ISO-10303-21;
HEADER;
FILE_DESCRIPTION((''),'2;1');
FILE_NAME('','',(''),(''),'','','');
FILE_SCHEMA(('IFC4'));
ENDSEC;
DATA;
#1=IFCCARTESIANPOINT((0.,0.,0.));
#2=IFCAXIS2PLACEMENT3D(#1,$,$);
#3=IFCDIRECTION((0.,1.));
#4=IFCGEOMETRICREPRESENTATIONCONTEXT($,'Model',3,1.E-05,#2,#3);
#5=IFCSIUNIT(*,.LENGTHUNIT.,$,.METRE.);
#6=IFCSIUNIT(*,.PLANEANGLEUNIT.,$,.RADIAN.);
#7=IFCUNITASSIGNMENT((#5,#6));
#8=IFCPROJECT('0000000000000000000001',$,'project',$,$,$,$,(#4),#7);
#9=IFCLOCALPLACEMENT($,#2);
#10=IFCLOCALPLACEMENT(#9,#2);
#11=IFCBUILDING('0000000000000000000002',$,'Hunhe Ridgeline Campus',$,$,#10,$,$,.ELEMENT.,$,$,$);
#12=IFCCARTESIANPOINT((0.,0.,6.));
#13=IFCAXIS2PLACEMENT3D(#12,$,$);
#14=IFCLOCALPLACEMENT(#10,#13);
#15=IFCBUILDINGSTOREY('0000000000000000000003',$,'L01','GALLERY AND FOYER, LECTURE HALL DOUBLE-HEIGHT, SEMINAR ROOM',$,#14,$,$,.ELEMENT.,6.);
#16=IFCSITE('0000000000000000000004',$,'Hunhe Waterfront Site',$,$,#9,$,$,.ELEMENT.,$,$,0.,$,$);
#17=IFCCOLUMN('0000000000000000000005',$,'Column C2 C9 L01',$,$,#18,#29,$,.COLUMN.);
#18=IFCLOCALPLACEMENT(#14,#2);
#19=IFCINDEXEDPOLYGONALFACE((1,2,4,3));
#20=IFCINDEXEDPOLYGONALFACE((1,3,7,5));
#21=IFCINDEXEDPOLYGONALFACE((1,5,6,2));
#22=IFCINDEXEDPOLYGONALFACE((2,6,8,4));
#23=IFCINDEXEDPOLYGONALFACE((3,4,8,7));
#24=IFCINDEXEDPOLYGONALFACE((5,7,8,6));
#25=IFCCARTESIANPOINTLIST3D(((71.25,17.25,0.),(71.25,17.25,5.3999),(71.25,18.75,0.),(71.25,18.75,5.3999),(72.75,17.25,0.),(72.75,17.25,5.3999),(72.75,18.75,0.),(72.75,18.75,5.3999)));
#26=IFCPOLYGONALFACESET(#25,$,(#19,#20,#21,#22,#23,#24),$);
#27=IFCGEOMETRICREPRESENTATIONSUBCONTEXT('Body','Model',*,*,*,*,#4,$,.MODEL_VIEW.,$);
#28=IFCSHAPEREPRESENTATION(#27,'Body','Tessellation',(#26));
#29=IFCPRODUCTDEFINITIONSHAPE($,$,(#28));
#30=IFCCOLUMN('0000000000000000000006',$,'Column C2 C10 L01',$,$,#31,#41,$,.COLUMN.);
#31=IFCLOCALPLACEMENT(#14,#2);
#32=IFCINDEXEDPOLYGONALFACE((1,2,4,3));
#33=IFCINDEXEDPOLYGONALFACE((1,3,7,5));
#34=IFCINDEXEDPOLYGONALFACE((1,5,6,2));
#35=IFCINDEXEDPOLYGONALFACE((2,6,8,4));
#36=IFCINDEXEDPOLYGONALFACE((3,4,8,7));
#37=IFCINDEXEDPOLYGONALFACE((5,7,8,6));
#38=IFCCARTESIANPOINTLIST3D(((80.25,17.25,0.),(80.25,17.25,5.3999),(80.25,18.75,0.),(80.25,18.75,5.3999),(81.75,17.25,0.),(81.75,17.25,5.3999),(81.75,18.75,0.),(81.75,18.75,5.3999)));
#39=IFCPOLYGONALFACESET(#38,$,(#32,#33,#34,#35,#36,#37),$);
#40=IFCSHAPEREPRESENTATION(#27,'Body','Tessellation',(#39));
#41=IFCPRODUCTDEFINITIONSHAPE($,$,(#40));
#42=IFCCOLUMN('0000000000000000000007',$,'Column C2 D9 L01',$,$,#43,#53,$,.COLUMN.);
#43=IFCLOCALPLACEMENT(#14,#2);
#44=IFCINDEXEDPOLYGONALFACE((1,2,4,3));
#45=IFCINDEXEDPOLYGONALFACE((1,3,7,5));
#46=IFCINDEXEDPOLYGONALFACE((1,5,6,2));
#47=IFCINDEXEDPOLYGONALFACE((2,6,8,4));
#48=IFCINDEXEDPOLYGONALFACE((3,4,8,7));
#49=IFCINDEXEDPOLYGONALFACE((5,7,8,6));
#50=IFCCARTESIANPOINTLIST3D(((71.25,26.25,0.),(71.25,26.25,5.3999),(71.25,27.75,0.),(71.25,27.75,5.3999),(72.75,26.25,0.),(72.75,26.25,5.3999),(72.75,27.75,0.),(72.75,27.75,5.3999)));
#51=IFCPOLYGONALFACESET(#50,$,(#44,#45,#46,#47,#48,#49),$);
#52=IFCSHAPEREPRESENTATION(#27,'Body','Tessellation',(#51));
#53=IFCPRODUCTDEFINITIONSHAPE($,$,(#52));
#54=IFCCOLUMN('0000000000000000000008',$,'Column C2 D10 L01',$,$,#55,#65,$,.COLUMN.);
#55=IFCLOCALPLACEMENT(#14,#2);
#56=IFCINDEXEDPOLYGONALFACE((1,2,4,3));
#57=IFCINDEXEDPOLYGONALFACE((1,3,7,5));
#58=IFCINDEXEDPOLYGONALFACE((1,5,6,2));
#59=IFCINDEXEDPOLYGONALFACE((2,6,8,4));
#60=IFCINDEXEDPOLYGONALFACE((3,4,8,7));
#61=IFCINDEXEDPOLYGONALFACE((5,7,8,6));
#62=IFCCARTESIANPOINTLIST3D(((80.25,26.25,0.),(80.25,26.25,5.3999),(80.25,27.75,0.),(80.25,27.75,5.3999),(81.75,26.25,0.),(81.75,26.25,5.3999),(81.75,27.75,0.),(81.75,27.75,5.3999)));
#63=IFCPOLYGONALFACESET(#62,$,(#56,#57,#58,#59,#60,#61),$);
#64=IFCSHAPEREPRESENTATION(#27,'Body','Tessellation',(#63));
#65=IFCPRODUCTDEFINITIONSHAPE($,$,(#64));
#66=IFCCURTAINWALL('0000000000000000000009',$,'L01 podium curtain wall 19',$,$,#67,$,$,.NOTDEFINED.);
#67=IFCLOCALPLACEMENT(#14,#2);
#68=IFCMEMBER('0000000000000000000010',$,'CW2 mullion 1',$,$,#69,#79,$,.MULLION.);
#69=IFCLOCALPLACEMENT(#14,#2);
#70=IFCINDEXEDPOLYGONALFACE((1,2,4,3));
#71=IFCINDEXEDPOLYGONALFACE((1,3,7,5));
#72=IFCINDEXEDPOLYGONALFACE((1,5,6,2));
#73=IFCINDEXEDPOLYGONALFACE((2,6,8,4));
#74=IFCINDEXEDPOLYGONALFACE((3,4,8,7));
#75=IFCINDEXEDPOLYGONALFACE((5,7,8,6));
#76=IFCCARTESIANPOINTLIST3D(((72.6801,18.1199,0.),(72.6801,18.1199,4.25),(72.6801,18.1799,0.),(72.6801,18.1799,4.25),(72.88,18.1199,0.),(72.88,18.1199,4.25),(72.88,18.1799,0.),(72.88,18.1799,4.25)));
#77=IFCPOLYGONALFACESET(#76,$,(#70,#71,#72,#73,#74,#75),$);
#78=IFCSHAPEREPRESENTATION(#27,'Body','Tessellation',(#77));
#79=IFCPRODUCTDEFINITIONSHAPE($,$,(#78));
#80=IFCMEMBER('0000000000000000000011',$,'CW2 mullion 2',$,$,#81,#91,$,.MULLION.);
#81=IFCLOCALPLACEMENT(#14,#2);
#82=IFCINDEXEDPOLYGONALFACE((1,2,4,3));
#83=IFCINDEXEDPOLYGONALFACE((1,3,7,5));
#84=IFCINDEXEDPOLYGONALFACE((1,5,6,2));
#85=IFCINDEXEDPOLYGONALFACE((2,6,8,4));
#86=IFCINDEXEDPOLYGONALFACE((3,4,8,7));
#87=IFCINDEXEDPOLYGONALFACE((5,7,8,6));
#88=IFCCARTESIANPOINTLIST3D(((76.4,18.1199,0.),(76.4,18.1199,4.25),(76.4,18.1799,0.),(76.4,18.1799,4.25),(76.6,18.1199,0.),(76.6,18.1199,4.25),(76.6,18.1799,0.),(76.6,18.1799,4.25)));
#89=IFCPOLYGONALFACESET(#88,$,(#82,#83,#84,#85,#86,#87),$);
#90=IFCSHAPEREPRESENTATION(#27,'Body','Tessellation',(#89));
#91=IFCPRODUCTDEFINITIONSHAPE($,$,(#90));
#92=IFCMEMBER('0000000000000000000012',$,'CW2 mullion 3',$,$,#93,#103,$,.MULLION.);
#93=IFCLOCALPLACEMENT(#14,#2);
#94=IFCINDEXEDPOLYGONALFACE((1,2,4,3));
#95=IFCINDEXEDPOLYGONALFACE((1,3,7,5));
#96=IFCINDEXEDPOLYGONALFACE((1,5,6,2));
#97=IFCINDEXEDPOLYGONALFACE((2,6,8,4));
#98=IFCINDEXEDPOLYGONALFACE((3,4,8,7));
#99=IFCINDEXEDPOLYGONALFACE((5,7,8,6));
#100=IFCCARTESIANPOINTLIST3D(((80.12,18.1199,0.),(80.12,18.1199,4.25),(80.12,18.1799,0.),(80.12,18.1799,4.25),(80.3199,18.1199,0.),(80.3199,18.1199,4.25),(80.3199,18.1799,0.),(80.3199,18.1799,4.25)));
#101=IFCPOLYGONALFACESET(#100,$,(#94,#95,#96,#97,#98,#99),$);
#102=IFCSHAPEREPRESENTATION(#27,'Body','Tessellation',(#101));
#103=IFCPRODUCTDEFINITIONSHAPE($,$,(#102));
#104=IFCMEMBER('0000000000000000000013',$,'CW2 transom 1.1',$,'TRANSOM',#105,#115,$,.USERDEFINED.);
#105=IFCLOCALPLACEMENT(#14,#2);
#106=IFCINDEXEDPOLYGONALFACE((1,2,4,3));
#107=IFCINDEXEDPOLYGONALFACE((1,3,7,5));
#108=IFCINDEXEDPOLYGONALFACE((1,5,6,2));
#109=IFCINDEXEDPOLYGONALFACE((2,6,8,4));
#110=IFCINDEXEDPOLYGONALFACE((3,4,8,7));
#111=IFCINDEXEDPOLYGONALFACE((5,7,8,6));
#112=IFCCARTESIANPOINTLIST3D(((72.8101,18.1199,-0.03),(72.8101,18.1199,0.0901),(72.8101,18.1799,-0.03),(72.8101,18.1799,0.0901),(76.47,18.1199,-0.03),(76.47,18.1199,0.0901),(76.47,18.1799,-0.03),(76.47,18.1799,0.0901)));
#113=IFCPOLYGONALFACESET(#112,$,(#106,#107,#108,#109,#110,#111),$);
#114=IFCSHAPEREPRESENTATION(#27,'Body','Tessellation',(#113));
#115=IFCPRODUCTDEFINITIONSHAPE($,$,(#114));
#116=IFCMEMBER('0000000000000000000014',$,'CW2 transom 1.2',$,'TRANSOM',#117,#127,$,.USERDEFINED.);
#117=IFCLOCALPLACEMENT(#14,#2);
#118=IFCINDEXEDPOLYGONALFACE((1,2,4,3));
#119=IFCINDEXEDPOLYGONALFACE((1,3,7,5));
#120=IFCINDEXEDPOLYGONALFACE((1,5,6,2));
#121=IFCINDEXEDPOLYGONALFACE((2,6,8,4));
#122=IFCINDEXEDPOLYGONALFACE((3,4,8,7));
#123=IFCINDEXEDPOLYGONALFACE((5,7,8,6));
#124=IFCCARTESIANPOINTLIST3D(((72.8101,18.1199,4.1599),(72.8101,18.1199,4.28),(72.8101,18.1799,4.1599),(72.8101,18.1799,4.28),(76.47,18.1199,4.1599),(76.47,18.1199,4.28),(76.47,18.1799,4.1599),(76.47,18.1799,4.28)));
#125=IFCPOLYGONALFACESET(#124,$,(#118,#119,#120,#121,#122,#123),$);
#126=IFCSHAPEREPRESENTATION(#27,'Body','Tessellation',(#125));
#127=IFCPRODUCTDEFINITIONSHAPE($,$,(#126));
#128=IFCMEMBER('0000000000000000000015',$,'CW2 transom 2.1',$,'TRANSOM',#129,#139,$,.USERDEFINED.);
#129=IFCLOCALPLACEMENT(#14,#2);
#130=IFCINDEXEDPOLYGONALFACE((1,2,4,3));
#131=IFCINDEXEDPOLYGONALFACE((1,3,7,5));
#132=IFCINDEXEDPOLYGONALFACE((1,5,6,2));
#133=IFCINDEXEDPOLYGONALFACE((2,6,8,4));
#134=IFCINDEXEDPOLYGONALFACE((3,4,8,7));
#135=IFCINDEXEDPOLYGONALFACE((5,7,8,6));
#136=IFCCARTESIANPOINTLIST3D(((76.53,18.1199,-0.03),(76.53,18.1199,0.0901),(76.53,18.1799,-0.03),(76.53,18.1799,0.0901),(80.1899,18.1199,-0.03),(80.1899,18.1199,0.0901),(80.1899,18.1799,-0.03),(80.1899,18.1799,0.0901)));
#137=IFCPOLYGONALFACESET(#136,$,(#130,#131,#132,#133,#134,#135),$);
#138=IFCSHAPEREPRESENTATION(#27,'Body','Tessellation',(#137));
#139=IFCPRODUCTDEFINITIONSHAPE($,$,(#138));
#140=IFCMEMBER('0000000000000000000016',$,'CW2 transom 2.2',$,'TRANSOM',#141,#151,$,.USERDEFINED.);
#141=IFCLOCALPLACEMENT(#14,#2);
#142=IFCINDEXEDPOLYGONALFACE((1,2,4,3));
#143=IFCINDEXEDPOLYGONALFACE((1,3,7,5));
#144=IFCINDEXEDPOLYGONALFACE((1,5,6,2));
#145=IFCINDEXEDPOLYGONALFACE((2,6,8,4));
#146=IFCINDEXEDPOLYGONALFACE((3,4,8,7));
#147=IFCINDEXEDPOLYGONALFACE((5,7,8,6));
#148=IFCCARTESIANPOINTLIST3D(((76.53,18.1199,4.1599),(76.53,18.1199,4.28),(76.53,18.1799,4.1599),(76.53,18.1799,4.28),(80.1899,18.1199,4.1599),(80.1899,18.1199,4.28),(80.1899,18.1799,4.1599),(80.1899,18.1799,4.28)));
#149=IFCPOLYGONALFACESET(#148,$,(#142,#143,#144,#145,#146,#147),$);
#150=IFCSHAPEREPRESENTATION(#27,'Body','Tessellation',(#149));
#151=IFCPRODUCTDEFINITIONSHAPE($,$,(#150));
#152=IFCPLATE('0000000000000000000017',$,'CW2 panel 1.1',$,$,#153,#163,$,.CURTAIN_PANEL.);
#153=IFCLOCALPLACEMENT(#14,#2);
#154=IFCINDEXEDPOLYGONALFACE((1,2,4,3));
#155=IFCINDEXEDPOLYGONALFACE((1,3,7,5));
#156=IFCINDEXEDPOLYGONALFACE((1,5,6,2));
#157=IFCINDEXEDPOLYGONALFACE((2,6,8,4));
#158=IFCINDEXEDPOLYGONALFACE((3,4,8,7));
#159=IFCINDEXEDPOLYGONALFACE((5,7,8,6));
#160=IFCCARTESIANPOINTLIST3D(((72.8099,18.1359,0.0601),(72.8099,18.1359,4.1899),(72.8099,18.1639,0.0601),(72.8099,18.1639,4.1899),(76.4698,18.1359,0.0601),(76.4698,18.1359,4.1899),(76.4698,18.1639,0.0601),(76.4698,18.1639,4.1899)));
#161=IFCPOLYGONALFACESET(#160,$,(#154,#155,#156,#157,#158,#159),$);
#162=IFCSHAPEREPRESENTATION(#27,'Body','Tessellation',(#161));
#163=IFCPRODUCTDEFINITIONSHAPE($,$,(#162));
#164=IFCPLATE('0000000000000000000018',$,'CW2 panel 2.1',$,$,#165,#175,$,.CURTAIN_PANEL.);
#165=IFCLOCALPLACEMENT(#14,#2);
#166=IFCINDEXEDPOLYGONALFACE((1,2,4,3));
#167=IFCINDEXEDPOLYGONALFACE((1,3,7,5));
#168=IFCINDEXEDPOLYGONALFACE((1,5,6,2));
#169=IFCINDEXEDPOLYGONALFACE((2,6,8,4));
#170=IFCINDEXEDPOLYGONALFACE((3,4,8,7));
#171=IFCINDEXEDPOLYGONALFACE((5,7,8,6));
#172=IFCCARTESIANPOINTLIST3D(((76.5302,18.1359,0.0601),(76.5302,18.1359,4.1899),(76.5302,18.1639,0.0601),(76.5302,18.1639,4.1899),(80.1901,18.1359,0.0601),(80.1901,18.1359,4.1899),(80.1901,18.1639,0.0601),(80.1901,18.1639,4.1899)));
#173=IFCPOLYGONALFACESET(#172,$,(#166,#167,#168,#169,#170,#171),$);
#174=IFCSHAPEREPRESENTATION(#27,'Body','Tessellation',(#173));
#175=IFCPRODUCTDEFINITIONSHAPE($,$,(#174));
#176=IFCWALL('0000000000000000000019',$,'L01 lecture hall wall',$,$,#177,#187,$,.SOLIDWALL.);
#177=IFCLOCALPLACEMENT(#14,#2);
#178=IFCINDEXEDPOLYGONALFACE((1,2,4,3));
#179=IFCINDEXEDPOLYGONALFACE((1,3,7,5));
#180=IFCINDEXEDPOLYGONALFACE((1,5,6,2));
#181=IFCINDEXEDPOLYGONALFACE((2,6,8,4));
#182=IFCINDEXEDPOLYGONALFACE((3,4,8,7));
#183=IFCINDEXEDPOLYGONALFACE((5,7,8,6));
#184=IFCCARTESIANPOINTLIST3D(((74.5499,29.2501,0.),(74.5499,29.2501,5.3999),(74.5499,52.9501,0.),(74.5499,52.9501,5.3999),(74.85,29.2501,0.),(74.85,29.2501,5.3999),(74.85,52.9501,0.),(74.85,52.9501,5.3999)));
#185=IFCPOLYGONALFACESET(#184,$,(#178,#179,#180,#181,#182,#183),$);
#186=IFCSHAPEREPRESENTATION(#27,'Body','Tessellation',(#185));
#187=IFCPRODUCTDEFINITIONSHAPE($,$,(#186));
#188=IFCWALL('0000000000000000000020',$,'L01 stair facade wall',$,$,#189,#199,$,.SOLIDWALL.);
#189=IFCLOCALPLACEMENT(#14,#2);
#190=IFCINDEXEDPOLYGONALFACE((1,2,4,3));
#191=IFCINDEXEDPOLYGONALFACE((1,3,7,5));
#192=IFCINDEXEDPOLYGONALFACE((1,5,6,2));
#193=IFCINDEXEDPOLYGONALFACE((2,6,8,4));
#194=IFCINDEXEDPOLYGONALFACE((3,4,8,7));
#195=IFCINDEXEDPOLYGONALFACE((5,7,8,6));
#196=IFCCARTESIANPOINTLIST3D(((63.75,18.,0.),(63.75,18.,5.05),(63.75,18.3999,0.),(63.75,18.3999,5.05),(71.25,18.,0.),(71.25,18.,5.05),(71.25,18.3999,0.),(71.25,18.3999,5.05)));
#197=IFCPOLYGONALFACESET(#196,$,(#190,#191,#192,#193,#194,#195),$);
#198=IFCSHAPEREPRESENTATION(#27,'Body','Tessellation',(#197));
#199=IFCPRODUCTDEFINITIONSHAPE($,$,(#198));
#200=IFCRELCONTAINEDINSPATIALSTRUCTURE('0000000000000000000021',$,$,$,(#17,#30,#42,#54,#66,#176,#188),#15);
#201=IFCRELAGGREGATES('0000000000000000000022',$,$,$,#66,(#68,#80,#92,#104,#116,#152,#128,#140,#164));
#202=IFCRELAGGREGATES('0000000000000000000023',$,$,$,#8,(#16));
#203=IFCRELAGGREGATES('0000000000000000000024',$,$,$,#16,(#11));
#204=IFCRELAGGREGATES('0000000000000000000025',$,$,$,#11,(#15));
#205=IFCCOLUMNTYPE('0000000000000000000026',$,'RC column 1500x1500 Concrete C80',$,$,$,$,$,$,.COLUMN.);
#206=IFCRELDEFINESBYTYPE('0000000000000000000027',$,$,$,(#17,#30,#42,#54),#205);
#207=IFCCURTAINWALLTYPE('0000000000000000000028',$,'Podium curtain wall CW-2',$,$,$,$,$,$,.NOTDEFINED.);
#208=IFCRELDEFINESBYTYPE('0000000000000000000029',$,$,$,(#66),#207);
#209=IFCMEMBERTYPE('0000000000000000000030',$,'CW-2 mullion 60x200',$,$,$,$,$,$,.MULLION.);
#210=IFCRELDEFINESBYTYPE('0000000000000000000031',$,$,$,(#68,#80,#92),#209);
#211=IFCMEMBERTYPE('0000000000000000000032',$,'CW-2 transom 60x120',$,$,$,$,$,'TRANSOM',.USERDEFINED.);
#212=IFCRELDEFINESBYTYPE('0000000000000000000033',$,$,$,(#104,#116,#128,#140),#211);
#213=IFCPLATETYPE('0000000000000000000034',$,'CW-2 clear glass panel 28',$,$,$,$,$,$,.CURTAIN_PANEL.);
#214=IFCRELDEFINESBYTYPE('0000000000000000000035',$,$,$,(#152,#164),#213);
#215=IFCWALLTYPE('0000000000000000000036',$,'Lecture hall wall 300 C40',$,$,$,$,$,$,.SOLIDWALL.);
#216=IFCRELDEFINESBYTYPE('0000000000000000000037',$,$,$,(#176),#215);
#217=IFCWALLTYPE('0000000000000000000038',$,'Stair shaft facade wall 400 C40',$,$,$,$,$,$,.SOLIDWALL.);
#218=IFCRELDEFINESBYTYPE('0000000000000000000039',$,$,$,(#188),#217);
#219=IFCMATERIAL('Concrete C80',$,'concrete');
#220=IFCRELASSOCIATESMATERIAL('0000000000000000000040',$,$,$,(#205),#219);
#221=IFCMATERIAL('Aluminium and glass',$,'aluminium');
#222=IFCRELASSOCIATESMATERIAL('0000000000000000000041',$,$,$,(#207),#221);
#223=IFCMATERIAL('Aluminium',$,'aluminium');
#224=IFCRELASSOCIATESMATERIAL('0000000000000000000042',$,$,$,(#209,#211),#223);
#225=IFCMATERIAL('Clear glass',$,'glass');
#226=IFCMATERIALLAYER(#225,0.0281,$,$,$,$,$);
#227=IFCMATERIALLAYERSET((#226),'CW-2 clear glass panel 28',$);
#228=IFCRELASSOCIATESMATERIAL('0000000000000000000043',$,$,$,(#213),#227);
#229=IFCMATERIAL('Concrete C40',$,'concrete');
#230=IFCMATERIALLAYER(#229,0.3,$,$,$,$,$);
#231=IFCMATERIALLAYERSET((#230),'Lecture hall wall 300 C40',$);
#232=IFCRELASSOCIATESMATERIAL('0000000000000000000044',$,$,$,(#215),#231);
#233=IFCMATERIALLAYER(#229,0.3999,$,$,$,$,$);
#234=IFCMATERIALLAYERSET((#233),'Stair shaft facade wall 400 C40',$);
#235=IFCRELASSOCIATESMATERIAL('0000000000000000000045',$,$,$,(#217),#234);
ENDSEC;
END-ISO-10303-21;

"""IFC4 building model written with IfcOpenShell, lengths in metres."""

from ifc_helpers import new_model, si_unit, direction, frame, frame_2d, origin, origin_2d, place, context, subcontext, project, spatial, rectangle, extrude, material, layer, layer_set, material_profile, profile_set, type_object, element, aggregate, save


model = new_model("IFC4")

# Units and contexts
model_context = context("Model", 3, precision=1e-05, world=origin(), true_north=direction((0.0, 1.0)))
body_context = subcontext(model_context, "Body", "Model", "MODEL_VIEW")
ifc_project = project(units=[si_unit("LENGTHUNIT", "METRE"), si_unit("PLANEANGLEUNIT", "RADIAN")], contexts=[model_context])

# Site, building, storey
site_placement = place(None, origin())
site = spatial("IfcSite", under=ifc_project, at=site_placement, Name="Hunhe Waterfront Site", CompositionType="ELEMENT", RefElevation=0.0)
building_placement = place(site_placement, origin())
building = spatial("IfcBuilding", under=site, at=building_placement, Name="Hunhe Ridgeline Campus", CompositionType="ELEMENT")
storey_placement = place(building_placement, frame((0.0, 0.0, 6.0)))
storey = spatial("IfcBuildingStorey", under=building, at=storey_placement, Name="L01", Description="GALLERY AND FOYER, LECTURE HALL DOUBLE-HEIGHT, SEMINAR ROOM", CompositionType="ELEMENT", Elevation=6.0)

# Columns
ifc_material_1 = material(Name="Concrete C80", Category="concrete")
ifc_material_profile_1 = material_profile(ifc_material_1, rectangle(XDim=1.5, YDim=1.5, at=origin_2d()))
ifc_profile_set_1 = profile_set([ifc_material_profile_1], Name="Concrete C80")
column_type = type_object("IfcColumnType", Name="RC column 1500x1500 Concrete C80", PredefinedType="COLUMN", material=ifc_profile_set_1)
for number, where, z_axis, x_axis, name in (
    (1, (72.0, 18.0, 0.0), (0.0, 0.0, 1.0), (1.0, 0.0, 0.0), "Column C2 C9 L01"),
    (2, (81.0, 18.0, 0.0), (0.0, 0.0, 1.0), (1.0, 0.0, 0.0), "Column C2 C10 L01"),
    (3, (72.0, 27.0, 0.0), (0.0, 0.0, 1.0), (1.0, 0.0, 0.0), "Column C2 D9 L01"),
    (4, (81.0, 27.0, 0.0), (0.0, 0.0, 1.0), (1.0, 0.0, 0.0), "Column C2 D10 L01"),
):
    element("IfcColumn", number, at=place(storey_placement, frame(where, z_axis=z_axis, x_axis=x_axis)), inside=storey, type_object=column_type, Name=name, PredefinedType="COLUMN", context=body_context, shape_type="SweptSolid", body=[
        extrude(rectangle(XDim=1.5, YDim=1.5, at=origin_2d()), origin(), (0.0, 0.0, 1.0), 5.3999),
    ])

# Curtain wall, members, plates
ifc_material_2 = material(Name="Aluminium and glass", Category="aluminium")
curtain_wall_type = type_object("IfcCurtainWallType", Name="Podium curtain wall CW-2", PredefinedType="NOTDEFINED", material=ifc_material_2)
curtain_wall_placement = place(storey_placement, origin())
curtain_wall = element("IfcCurtainWall", 5, at=curtain_wall_placement, inside=storey, type_object=curtain_wall_type, Name="L01 podium curtain wall 19", PredefinedType="NOTDEFINED")
ifc_material_3 = material(Name="Aluminium", Category="aluminium")
ifc_material_profile_2 = material_profile(ifc_material_3, rectangle(XDim=0.0601, YDim=0.2, at=origin_2d()))
ifc_profile_set_2 = profile_set([ifc_material_profile_2], Name="Aluminium")
member_type_1 = type_object("IfcMemberType", Name="CW-2 mullion 60x200", PredefinedType="MULLION", material=ifc_profile_set_2)
member_1_placement = place(storey_placement, frame((72.78, 18.1499, 0.0), z_axis=(0.0, 0.0, 1.0), x_axis=(0.0, 1.0, 0.0)))
member_1 = element("IfcMember", 6, at=member_1_placement, type_object=member_type_1, Name="CW2 mullion 1", PredefinedType="MULLION", context=body_context, shape_type="SweptSolid", body=[
    extrude(rectangle(XDim=0.0601, YDim=0.2, at=origin_2d()), origin(), (0.0, 0.0, 1.0), 4.25),
])
member_2_placement = place(storey_placement, frame((76.5, 18.1499, 0.0), z_axis=(0.0, 0.0, 1.0), x_axis=(0.0, 1.0, 0.0)))
member_2 = element("IfcMember", 7, at=member_2_placement, type_object=member_type_1, Name="CW2 mullion 2", PredefinedType="MULLION", context=body_context, shape_type="SweptSolid", body=[
    extrude(rectangle(XDim=0.0601, YDim=0.2, at=origin_2d()), origin(), (0.0, 0.0, 1.0), 4.25),
])
member_3_placement = place(storey_placement, frame((80.22, 18.1499, 0.0), z_axis=(0.0, 0.0, 1.0), x_axis=(0.0, 1.0, 0.0)))
member_3 = element("IfcMember", 8, at=member_3_placement, type_object=member_type_1, Name="CW2 mullion 3", PredefinedType="MULLION", context=body_context, shape_type="SweptSolid", body=[
    extrude(rectangle(XDim=0.0601, YDim=0.2, at=origin_2d()), origin(), (0.0, 0.0, 1.0), 4.25),
])
ifc_material_profile_3 = material_profile(ifc_material_3, rectangle(XDim=0.0601, YDim=0.1201, at=origin_2d()))
ifc_profile_set_3 = profile_set([ifc_material_profile_3], Name="Aluminium")
member_type_2 = type_object("IfcMemberType", Name="CW-2 transom 60x120", ElementType="TRANSOM", PredefinedType="USERDEFINED", material=ifc_profile_set_3)
member_4_placement = place(storey_placement, frame((72.8101, 18.1499, 0.03), z_axis=(1.0, 0.0, 0.0), x_axis=(0.0, 1.0, 0.0)))
member_4 = element("IfcMember", 9, at=member_4_placement, type_object=member_type_2, Name="CW2 transom 1.1", ObjectType="TRANSOM", PredefinedType="USERDEFINED", context=body_context, shape_type="SweptSolid", body=[
    extrude(rectangle(XDim=0.0601, YDim=0.1201, at=origin_2d()), origin(), (0.0, 0.0, 1.0), 3.6599),
])
member_5_placement = place(storey_placement, frame((72.8101, 18.1499, 4.22), z_axis=(1.0, 0.0, 0.0), x_axis=(0.0, 1.0, 0.0)))
member_5 = element("IfcMember", 10, at=member_5_placement, type_object=member_type_2, Name="CW2 transom 1.2", ObjectType="TRANSOM", PredefinedType="USERDEFINED", context=body_context, shape_type="SweptSolid", body=[
    extrude(rectangle(XDim=0.0601, YDim=0.1201, at=origin_2d()), origin(), (0.0, 0.0, 1.0), 3.6599),
])
member_6_placement = place(storey_placement, frame((76.53, 18.1499, 0.03), z_axis=(1.0, 0.0, 0.0), x_axis=(0.0, 1.0, 0.0)))
member_6 = element("IfcMember", 11, at=member_6_placement, type_object=member_type_2, Name="CW2 transom 2.1", ObjectType="TRANSOM", PredefinedType="USERDEFINED", context=body_context, shape_type="SweptSolid", body=[
    extrude(rectangle(XDim=0.0601, YDim=0.1201, at=origin_2d()), origin(), (0.0, 0.0, 1.0), 3.6599),
])
member_7_placement = place(storey_placement, frame((76.53, 18.1499, 4.22), z_axis=(1.0, 0.0, 0.0), x_axis=(0.0, 1.0, 0.0)))
member_7 = element("IfcMember", 12, at=member_7_placement, type_object=member_type_2, Name="CW2 transom 2.2", ObjectType="TRANSOM", PredefinedType="USERDEFINED", context=body_context, shape_type="SweptSolid", body=[
    extrude(rectangle(XDim=0.0601, YDim=0.1201, at=origin_2d()), origin(), (0.0, 0.0, 1.0), 3.6599),
])
ifc_material_4 = material(Name="Clear glass", Category="glass")
ifc_layer_1 = layer(ifc_material_4, 0.0281)
ifc_layer_set_1 = layer_set([ifc_layer_1], Name="CW-2 clear glass panel 28")
plate_type = type_object("IfcPlateType", Name="CW-2 clear glass panel 28", PredefinedType="CURTAIN_PANEL", material=ifc_layer_set_1)
plate_1_placement = place(storey_placement, frame((74.6399, 18.1499, 0.0601), z_axis=(0.0, 0.0, 1.0), x_axis=(1.0, 0.0, 0.0)))
plate_1 = element("IfcPlate", 13, at=plate_1_placement, type_object=plate_type, Name="CW2 panel 1.1", PredefinedType="CURTAIN_PANEL", context=body_context, shape_type="SweptSolid", body=[
    extrude(rectangle(XDim=3.6599, YDim=0.0281, at=origin_2d()), origin(), (0.0, 0.0, 1.0), 4.1299),
])
plate_2_placement = place(storey_placement, frame((78.3601, 18.1499, 0.0601), z_axis=(0.0, 0.0, 1.0), x_axis=(1.0, 0.0, 0.0)))
plate_2 = element("IfcPlate", 14, at=plate_2_placement, type_object=plate_type, Name="CW2 panel 2.1", PredefinedType="CURTAIN_PANEL", context=body_context, shape_type="SweptSolid", body=[
    extrude(rectangle(XDim=3.6599, YDim=0.0281, at=origin_2d()), origin(), (0.0, 0.0, 1.0), 4.1299),
])
aggregate(curtain_wall, [member_1, member_2, member_3, member_4, member_5, plate_1, member_6, member_7, plate_2])

# Wall
ifc_material_5 = material(Name="Concrete C40", Category="concrete")
ifc_layer_2 = layer(ifc_material_5, 0.3)
ifc_layer_set_2 = layer_set([ifc_layer_2], Name="Lecture hall wall 300 C40")
wall_type_1 = type_object("IfcWallType", Name="Lecture hall wall 300 C40", PredefinedType="SOLIDWALL", material=ifc_layer_set_2)
wall_1_placement = place(storey_placement, frame((74.7, 29.25, 0.0), z_axis=(0.0, 0.0, 1.0), x_axis=(0.0, 1.0, 0.0)))
element("IfcWall", 15, at=wall_1_placement, inside=storey, type_object=wall_type_1, Name="L01 lecture hall wall", PredefinedType="SOLIDWALL", context=body_context, shape_type="SweptSolid", body=[
    extrude(rectangle(XDim=23.7, YDim=0.3, at=frame_2d((11.8501, 0.0))), origin(), (0.0, 0.0, 1.0), 5.3999),
])

# Wall
ifc_layer_3 = layer(ifc_material_5, 0.3999)
ifc_layer_set_3 = layer_set([ifc_layer_3], Name="Stair shaft facade wall 400 C40")
wall_type_2 = type_object("IfcWallType", Name="Stair shaft facade wall 400 C40", PredefinedType="SOLIDWALL", material=ifc_layer_set_3)
wall_2_placement = place(storey_placement, frame((71.25, 18.2, 0.0), z_axis=(0.0, 0.0, 1.0), x_axis=(-1.0, 0.0, 0.0)))
element("IfcWall", 16, at=wall_2_placement, inside=storey, type_object=wall_type_2, Name="L01 stair facade wall", PredefinedType="SOLIDWALL", context=body_context, shape_type="SweptSolid", body=[
    extrude(rectangle(XDim=7.5, YDim=0.3999, at=frame_2d((3.75, 0.0))), origin(), (0.0, 0.0, 1.0), 5.05),
])

save(model, "model.ifc")
